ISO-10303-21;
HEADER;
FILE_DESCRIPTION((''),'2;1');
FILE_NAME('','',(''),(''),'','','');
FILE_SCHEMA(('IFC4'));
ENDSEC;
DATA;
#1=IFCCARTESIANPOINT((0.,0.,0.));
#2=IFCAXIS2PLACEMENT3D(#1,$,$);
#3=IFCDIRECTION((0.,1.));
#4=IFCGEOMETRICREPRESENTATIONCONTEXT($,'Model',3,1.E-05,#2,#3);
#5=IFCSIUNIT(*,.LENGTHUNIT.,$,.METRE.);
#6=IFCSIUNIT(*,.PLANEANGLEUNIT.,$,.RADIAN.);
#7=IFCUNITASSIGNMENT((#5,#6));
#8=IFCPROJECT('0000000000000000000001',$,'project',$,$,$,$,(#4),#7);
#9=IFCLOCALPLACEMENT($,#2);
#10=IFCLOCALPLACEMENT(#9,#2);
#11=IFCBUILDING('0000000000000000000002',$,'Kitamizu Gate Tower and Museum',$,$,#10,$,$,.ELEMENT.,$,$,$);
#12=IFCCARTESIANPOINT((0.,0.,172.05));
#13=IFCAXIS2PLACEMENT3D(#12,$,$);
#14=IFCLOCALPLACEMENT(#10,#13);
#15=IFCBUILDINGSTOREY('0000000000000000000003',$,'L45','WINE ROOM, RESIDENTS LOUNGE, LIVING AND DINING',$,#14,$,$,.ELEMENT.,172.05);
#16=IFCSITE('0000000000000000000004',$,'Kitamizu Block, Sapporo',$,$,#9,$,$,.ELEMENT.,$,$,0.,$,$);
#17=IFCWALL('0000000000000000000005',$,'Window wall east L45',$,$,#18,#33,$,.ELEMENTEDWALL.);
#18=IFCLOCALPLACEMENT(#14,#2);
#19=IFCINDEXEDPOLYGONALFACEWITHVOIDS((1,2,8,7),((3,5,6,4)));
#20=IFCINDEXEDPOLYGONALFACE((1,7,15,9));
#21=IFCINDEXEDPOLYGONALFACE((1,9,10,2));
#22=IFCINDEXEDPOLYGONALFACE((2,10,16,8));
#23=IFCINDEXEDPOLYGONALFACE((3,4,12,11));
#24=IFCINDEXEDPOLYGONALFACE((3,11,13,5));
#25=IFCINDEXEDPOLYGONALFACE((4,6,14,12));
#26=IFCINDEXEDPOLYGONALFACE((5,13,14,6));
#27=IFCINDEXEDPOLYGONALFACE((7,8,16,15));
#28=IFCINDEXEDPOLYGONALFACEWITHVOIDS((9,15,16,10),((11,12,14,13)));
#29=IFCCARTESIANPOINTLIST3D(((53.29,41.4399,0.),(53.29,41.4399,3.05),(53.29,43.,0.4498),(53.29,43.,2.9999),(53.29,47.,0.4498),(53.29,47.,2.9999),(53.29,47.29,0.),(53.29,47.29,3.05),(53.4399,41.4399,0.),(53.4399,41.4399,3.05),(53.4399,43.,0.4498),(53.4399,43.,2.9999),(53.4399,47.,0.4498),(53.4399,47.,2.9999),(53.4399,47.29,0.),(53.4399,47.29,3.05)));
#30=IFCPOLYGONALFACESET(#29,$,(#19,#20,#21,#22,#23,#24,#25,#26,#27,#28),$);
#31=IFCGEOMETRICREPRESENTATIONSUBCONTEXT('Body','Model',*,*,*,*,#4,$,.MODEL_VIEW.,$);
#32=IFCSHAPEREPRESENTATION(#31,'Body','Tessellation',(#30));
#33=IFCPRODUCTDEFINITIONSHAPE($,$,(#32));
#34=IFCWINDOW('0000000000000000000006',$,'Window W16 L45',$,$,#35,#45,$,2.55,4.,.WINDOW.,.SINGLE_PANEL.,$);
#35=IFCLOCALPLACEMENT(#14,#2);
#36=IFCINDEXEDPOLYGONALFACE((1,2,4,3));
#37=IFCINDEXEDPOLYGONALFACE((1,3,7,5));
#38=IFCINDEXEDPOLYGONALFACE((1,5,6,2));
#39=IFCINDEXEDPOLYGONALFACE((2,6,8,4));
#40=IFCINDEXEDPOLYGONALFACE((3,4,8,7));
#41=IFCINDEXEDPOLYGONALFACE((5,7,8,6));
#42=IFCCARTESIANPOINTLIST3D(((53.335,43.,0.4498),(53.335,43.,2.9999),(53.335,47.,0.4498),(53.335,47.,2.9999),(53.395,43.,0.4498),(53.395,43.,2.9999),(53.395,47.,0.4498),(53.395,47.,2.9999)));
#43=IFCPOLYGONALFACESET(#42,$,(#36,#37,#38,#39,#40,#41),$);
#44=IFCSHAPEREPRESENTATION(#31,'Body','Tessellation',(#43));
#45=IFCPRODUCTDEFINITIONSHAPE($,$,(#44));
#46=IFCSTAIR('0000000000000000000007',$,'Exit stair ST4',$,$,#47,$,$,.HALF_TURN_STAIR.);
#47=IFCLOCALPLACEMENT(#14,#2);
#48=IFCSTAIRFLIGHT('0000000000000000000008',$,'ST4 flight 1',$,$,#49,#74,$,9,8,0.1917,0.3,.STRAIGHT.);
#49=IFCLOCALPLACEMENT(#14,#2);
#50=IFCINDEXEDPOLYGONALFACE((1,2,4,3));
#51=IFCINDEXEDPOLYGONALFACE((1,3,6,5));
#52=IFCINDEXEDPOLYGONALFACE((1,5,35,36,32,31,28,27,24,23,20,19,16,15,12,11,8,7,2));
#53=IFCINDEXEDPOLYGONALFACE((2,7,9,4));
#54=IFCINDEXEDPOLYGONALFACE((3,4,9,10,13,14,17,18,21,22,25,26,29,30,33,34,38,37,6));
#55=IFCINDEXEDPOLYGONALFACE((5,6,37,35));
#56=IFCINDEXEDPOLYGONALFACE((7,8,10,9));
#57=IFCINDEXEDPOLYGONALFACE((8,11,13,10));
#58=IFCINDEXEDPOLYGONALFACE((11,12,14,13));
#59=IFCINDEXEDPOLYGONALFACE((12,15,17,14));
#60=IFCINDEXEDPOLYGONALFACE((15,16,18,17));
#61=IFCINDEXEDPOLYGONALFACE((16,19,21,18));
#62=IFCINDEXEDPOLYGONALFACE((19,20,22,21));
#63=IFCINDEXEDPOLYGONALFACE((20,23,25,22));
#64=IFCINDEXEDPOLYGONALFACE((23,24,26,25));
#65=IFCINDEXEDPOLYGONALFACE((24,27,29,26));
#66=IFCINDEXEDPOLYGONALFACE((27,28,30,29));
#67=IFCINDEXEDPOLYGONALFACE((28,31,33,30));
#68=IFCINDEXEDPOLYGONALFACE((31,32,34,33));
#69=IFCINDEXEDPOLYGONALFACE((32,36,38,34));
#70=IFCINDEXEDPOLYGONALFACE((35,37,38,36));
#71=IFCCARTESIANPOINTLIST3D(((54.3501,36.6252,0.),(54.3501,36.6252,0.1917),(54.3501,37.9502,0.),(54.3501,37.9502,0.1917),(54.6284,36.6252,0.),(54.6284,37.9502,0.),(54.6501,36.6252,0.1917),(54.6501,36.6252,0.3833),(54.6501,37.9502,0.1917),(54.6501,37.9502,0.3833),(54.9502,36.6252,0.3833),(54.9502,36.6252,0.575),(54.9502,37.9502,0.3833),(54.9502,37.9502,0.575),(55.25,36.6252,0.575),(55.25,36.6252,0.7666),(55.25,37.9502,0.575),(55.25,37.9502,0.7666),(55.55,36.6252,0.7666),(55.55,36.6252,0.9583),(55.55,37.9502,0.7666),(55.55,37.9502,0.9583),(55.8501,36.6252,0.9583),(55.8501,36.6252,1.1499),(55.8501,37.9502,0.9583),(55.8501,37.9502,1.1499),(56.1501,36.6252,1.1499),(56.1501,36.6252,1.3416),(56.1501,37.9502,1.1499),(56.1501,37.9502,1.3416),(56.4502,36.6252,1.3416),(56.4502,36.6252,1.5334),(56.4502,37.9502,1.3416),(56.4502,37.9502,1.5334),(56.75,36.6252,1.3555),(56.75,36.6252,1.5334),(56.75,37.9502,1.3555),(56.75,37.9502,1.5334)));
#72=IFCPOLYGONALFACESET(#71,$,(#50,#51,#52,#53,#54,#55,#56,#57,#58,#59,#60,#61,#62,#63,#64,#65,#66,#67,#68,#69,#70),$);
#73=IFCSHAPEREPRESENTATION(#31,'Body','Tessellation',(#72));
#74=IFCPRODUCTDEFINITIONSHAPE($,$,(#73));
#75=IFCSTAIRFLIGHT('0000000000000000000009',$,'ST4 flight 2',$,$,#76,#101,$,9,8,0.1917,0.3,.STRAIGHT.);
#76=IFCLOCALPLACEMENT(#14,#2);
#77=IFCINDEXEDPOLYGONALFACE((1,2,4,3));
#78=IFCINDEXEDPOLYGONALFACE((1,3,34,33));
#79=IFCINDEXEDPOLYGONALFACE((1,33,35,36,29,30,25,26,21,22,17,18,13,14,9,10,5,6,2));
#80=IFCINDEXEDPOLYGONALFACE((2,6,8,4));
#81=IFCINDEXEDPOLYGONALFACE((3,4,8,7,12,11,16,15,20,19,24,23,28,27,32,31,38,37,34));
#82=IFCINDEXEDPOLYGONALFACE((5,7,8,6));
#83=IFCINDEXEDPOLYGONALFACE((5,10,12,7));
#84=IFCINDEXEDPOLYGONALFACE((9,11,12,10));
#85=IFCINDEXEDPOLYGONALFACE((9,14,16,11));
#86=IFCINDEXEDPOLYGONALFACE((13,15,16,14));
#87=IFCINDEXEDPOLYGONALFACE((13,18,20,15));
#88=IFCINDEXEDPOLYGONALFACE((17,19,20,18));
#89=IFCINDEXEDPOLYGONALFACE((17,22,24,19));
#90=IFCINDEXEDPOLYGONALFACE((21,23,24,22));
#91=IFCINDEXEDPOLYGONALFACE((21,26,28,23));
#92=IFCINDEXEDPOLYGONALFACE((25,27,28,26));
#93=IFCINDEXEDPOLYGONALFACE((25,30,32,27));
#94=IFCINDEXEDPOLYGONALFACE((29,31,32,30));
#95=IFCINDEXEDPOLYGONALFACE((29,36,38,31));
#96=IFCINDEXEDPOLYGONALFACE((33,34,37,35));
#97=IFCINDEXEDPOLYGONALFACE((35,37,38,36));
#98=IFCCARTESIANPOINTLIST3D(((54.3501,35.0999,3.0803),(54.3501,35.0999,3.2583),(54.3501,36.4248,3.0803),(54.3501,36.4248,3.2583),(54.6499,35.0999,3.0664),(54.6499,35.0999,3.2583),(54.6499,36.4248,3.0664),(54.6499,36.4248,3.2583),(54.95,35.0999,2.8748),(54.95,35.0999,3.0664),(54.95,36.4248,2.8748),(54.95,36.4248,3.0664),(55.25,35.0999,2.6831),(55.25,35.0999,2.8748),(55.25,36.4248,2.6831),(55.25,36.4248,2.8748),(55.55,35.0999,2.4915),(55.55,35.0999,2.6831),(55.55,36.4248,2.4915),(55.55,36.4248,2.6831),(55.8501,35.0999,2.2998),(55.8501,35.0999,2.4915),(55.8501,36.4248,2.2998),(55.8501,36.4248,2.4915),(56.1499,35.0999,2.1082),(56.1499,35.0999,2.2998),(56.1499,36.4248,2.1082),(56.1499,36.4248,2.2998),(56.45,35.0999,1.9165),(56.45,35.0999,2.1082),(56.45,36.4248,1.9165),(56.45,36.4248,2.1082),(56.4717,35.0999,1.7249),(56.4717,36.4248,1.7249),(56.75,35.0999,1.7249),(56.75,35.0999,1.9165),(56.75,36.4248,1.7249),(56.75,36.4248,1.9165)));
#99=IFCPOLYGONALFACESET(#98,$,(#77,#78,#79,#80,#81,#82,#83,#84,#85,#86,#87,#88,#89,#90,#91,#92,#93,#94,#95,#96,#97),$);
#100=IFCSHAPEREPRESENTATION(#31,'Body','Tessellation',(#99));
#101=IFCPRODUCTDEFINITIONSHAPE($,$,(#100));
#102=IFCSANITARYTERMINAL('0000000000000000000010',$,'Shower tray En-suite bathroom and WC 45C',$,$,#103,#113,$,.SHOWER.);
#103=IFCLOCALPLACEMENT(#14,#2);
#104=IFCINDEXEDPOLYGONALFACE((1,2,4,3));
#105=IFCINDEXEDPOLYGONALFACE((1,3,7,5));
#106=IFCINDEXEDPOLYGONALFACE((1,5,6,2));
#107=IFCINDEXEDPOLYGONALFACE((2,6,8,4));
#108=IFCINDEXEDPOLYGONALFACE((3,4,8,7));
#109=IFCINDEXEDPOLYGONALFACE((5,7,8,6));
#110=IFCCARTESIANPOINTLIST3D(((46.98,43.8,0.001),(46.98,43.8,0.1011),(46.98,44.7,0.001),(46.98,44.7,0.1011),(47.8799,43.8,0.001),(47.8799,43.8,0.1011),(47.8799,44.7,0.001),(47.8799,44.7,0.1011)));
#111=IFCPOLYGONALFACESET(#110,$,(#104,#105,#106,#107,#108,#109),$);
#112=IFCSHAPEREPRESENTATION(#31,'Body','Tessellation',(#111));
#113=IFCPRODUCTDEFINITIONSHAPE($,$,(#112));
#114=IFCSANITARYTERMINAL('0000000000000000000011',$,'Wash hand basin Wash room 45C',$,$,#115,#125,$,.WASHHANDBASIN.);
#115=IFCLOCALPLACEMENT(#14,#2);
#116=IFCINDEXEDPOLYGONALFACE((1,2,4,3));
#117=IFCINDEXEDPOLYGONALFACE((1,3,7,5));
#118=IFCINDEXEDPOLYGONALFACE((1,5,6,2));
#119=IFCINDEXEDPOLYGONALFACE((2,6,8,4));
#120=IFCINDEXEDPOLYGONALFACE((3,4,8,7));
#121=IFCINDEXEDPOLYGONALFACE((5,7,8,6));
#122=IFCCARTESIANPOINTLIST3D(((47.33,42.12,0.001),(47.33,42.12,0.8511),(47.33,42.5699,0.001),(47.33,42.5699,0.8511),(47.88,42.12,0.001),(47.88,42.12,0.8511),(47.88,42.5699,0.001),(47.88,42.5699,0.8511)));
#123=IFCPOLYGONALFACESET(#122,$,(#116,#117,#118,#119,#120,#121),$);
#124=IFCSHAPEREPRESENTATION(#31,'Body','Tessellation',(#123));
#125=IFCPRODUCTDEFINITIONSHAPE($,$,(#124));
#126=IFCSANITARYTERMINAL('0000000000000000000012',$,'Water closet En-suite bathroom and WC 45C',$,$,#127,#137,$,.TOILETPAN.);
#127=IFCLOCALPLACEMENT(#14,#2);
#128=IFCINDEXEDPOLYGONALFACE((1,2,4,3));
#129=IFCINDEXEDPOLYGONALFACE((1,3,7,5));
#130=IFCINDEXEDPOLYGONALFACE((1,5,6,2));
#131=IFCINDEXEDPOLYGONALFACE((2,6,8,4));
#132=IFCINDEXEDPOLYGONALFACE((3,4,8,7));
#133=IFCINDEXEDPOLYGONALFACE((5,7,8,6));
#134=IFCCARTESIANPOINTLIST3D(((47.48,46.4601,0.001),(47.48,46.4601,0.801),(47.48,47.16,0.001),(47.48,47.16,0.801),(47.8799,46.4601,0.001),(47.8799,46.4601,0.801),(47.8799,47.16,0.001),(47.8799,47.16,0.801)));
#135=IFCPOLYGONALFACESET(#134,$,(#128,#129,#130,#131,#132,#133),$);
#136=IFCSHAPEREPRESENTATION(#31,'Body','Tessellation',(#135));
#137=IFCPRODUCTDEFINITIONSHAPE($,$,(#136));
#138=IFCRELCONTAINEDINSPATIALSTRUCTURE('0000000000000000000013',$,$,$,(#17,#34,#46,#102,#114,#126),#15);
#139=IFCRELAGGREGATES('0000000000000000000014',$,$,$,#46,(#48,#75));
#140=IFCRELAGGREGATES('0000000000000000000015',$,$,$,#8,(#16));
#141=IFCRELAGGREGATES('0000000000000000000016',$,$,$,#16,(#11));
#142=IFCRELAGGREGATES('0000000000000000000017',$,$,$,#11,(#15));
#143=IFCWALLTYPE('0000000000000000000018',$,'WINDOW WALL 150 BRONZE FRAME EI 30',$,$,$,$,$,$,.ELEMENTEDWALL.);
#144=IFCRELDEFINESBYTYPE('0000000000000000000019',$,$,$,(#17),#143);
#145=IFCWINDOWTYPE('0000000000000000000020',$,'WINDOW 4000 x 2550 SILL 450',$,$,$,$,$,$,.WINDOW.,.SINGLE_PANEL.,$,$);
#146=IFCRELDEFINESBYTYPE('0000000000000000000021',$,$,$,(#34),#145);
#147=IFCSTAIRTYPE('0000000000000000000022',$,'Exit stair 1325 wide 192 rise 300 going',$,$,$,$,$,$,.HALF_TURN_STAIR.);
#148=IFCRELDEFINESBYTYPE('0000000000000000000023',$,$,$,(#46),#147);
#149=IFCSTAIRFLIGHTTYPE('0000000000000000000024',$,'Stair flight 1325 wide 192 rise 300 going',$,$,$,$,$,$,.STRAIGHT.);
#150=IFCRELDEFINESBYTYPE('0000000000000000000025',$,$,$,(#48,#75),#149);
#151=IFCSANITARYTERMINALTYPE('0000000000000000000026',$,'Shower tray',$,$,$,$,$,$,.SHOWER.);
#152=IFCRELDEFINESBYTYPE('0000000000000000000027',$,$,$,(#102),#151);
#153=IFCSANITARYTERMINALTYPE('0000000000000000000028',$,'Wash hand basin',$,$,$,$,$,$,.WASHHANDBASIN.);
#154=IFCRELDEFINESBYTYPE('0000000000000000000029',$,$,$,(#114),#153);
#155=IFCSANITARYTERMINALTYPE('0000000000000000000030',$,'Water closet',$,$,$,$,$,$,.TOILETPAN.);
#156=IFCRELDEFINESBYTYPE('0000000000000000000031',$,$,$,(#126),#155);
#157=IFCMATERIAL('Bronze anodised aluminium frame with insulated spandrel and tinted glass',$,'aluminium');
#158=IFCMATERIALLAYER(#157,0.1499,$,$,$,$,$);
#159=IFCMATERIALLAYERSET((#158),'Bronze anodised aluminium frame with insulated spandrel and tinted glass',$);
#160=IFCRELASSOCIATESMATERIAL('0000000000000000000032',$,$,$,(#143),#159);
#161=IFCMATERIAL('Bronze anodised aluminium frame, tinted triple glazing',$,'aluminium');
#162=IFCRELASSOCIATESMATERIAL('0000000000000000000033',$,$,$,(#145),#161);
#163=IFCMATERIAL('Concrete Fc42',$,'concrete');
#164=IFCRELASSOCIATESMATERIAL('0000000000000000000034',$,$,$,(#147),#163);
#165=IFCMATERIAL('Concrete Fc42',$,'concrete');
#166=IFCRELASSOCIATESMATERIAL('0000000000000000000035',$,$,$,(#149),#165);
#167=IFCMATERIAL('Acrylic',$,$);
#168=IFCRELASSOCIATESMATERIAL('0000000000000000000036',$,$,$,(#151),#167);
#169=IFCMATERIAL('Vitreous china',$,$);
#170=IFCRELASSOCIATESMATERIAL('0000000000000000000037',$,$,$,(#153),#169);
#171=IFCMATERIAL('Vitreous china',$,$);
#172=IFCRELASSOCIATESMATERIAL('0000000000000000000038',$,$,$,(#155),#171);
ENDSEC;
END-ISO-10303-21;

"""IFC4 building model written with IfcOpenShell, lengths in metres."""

from ifc_helpers import new_model, si_unit, direction, frame, frame_2d, origin, origin_2d, place, context, subcontext, project, spatial, polyline, rectangle, outline, extrude, material, layer, layer_set, type_object, element, fill, aggregate, save


model = new_model("IFC4")

# Units and contexts
model_context = context("Model", 3, precision=1e-05, world=origin(), true_north=direction((0.0, 1.0)))
body_context = subcontext(model_context, "Body", "Model", "MODEL_VIEW")
ifc_project = project(units=[si_unit("LENGTHUNIT", "METRE"), si_unit("PLANEANGLEUNIT", "RADIAN")], contexts=[model_context])

# Site, building, storey
site_placement = place(None, origin())
site = spatial("IfcSite", under=ifc_project, at=site_placement, Name="Kitamizu Block, Sapporo", CompositionType="ELEMENT", RefElevation=0.0)
building_placement = place(site_placement, origin())
building = spatial("IfcBuilding", under=site, at=building_placement, Name="Kitamizu Gate Tower and Museum", CompositionType="ELEMENT")
storey_placement = place(building_placement, frame((0.0, 0.0, 172.05)))
storey = spatial("IfcBuildingStorey", under=building, at=storey_placement, Name="L45", Description="WINE ROOM, RESIDENTS LOUNGE, LIVING AND DINING", CompositionType="ELEMENT", Elevation=172.05)

# Shared definitions
ifc_material_1 = material(Name="Bronze anodised aluminium frame with insulated spandrel and tinted glass", Category="aluminium")
ifc_layer_1 = layer(ifc_material_1, 0.1499)
ifc_layer_set_1 = layer_set([ifc_layer_1], Name="Bronze anodised aluminium frame with insulated spandrel and tinted glass")
wall_type_1 = type_object("IfcWallType", Name="WINDOW WALL 150 BRONZE FRAME EI 30", PredefinedType="ELEMENTEDWALL", material=ifc_layer_set_1)

# Wall, opening, window
ifc_material_2 = material(Name="Bronze anodised aluminium frame, tinted triple glazing", Category="aluminium")
window_type = type_object("IfcWindowType", Name="WINDOW 4000 x 2550 SILL 450", PartitioningType="SINGLE_PANEL", PredefinedType="WINDOW", material=ifc_material_2)
wall_1_placement = place(storey_placement, frame((53.365, 41.4399, 0.0), z_axis=(0.0, 0.0, 1.0), x_axis=(0.0, 1.0, 0.0)))
wall_1 = element("IfcWall", 1, at=wall_1_placement, inside=storey, type_object=wall_type_1, Name="Window wall east L45", PredefinedType="ELEMENTEDWALL", context=body_context, shape_type="SweptSolid", body=[
    extrude(rectangle(XDim=5.8501, YDim=0.1499, at=frame_2d((2.925, 0.0))), origin(), (0.0, 0.0, 1.0), 3.05),
])
opening_1_placement = place(wall_1_placement, frame((1.5601, 0.0, 0.45)))
opening_1 = element("IfcOpeningElement", 2, at=opening_1_placement, cuts=wall_1, PredefinedType="OPENING", context=body_context, shape_type="SweptSolid", body=[
    extrude(rectangle(XDim=4.0, YDim=2.55, at=frame_2d((2.0, 1.2749))), frame((0.0, 0.085, 0.0), z_axis=(0.0, -1.0, 0.0), x_axis=(1.0, 0.0, 0.0)), (0.0, 0.0, 1.0), 0.1699),
])
window_1_placement = place(opening_1_placement, origin())
window_1 = element("IfcWindow", 3, at=window_1_placement, inside=storey, type_object=window_type, Name="Window W16 L45", OverallHeight=2.55, OverallWidth=4.0, PartitioningType="SINGLE_PANEL", PredefinedType="WINDOW", context=body_context, shape_type="SweptSolid", body=[
    extrude(rectangle(XDim=4.0, YDim=2.55, at=frame_2d((2.0, 1.2749))), frame((0.0, 0.03, 0.0), z_axis=(0.0, -1.0, 0.0), x_axis=(1.0, 0.0, 0.0)), (0.0, 0.0, 1.0), 0.0601),
])
fill(opening_1, window_1)

# Stair, stair flights
ifc_material_3 = material(Name="Concrete Fc42", Category="concrete")
stair_type = type_object("IfcStairType", Name="Exit stair 1325 wide 192 rise 300 going", PredefinedType="HALF_TURN_STAIR", material=ifc_material_3)
stair_placement = place(storey_placement, origin())
stair = element("IfcStair", 4, at=stair_placement, inside=storey, type_object=stair_type, Name="Exit stair ST4", PredefinedType="HALF_TURN_STAIR")
ifc_material_4 = material(Name="Concrete Fc42", Category="concrete")
stair_flight_type = type_object("IfcStairFlightType", Name="Stair flight 1325 wide 192 rise 300 going", PredefinedType="STRAIGHT", material=ifc_material_4)
stair_flight_1_placement = place(storey_placement, frame((54.3501, 37.2876, 0.0), z_axis=(0.0, 0.0, 1.0), x_axis=(1.0, 0.0, 0.0)))
stair_flight_1 = element("IfcStairFlight", 5, at=stair_flight_1_placement, type_object=stair_flight_type, Name="ST4 flight 1", NumberOfRisers=9, NumberOfTreads=8, PredefinedType="STRAIGHT", RiserHeight=0.1917, TreadLength=0.3, context=body_context, shape_type="SweptSolid", body=[
    extrude(outline(polyline([(0.0, 0.0), (0.0, 0.1917), (0.3, 0.1917), (0.3, 0.3833), (0.6001, 0.3833), (0.6001, 0.575), (0.8999, 0.575), (0.8999, 0.7666), (1.2, 0.7666), (1.2, 0.9583), (1.5, 0.9583), (1.5, 1.1499), (1.8, 1.1499), (1.8, 1.3416), (2.1001, 1.3416), (2.1001, 1.5334), (2.3999, 1.5334), (2.3999, 1.7251), (2.3999, 1.3555), (0.2783, 0.0), (0.0, 0.0)])), frame((0.0, 0.6626, 0.0), z_axis=(0.0, -1.0, 0.0), x_axis=(1.0, 0.0, 0.0)), (0.0, 0.0, 1.0), 1.325),
])
stair_flight_2_placement = place(storey_placement, frame((56.75, 35.7625, 1.7249), z_axis=(0.0, 0.0, 1.0), x_axis=(-1.0, 0.0, 0.0)))
stair_flight_2 = element("IfcStairFlight", 6, at=stair_flight_2_placement, type_object=stair_flight_type, Name="ST4 flight 2", NumberOfRisers=9, NumberOfTreads=8, PredefinedType="STRAIGHT", RiserHeight=0.1917, TreadLength=0.3, context=body_context, shape_type="SweptSolid", body=[
    extrude(outline(polyline([(0.0, 0.0), (0.0, 0.1917), (0.3, 0.1917), (0.3, 0.3833), (0.6001, 0.3833), (0.6001, 0.575), (0.8999, 0.575), (0.8999, 0.7666), (1.2, 0.7666), (1.2, 0.9583), (1.5, 0.9583), (1.5, 1.1499), (1.8, 1.1499), (1.8, 1.3416), (2.1001, 1.3416), (2.1001, 1.5334), (2.3999, 1.5334), (2.3999, 1.7251), (2.3999, 1.3555), (0.2783, 0.0), (0.0, 0.0)])), frame((0.0, 0.6626, 0.0), z_axis=(0.0, -1.0, 0.0), x_axis=(1.0, 0.0, 0.0)), (0.0, 0.0, 1.0), 1.325),
])
aggregate(stair, [stair_flight_1, stair_flight_2])

# Sanitary terminals
ifc_material_5 = material(Name="Acrylic")
sanitary_terminal_type_1 = type_object("IfcSanitaryTerminalType", Name="Shower tray", PredefinedType="SHOWER", material=ifc_material_5)
sanitary_terminal_1_placement = place(storey_placement, frame((47.4299, 44.25, 0.001), z_axis=(0.0, 0.0, 1.0), x_axis=(1.0, 0.0, 0.0)))
element("IfcSanitaryTerminal", 7, at=sanitary_terminal_1_placement, inside=storey, type_object=sanitary_terminal_type_1, Name="Shower tray En-suite bathroom and WC 45C", PredefinedType="SHOWER", context=body_context, shape_type="SweptSolid", body=[
    extrude(rectangle(XDim=0.8999, YDim=0.8999, at=origin_2d()), origin(), (0.0, 0.0, 1.0), 0.1001),
])
ifc_material_6 = material(Name="Vitreous china")
sanitary_terminal_type_2 = type_object("IfcSanitaryTerminalType", Name="Wash hand basin", PredefinedType="WASHHANDBASIN", material=ifc_material_6)
sanitary_terminal_2_placement = place(storey_placement, frame((47.605, 42.345, 0.001), z_axis=(0.0, 0.0, 1.0), x_axis=(1.0, 0.0, 0.0)))
element("IfcSanitaryTerminal", 8, at=sanitary_terminal_2_placement, inside=storey, type_object=sanitary_terminal_type_2, Name="Wash hand basin Wash room 45C", PredefinedType="WASHHANDBASIN", context=body_context, shape_type="SweptSolid", body=[
    extrude(rectangle(XDim=0.55, YDim=0.45, at=origin_2d()), origin(), (0.0, 0.0, 1.0), 0.8501),
])
ifc_material_7 = material(Name="Vitreous china")
sanitary_terminal_type_3 = type_object("IfcSanitaryTerminalType", Name="Water closet", PredefinedType="TOILETPAN", material=ifc_material_7)
sanitary_terminal_3_placement = place(storey_placement, frame((47.6799, 46.8101, 0.001), z_axis=(0.0, 0.0, 1.0), x_axis=(1.0, 0.0, 0.0)))
element("IfcSanitaryTerminal", 9, at=sanitary_terminal_3_placement, inside=storey, type_object=sanitary_terminal_type_3, Name="Water closet En-suite bathroom and WC 45C", PredefinedType="TOILETPAN", context=body_context, shape_type="SweptSolid", body=[
    extrude(rectangle(XDim=0.3999, YDim=0.7, at=origin_2d()), origin(), (0.0, 0.0, 1.0), 0.8),
])

save(model, "model.ifc")
